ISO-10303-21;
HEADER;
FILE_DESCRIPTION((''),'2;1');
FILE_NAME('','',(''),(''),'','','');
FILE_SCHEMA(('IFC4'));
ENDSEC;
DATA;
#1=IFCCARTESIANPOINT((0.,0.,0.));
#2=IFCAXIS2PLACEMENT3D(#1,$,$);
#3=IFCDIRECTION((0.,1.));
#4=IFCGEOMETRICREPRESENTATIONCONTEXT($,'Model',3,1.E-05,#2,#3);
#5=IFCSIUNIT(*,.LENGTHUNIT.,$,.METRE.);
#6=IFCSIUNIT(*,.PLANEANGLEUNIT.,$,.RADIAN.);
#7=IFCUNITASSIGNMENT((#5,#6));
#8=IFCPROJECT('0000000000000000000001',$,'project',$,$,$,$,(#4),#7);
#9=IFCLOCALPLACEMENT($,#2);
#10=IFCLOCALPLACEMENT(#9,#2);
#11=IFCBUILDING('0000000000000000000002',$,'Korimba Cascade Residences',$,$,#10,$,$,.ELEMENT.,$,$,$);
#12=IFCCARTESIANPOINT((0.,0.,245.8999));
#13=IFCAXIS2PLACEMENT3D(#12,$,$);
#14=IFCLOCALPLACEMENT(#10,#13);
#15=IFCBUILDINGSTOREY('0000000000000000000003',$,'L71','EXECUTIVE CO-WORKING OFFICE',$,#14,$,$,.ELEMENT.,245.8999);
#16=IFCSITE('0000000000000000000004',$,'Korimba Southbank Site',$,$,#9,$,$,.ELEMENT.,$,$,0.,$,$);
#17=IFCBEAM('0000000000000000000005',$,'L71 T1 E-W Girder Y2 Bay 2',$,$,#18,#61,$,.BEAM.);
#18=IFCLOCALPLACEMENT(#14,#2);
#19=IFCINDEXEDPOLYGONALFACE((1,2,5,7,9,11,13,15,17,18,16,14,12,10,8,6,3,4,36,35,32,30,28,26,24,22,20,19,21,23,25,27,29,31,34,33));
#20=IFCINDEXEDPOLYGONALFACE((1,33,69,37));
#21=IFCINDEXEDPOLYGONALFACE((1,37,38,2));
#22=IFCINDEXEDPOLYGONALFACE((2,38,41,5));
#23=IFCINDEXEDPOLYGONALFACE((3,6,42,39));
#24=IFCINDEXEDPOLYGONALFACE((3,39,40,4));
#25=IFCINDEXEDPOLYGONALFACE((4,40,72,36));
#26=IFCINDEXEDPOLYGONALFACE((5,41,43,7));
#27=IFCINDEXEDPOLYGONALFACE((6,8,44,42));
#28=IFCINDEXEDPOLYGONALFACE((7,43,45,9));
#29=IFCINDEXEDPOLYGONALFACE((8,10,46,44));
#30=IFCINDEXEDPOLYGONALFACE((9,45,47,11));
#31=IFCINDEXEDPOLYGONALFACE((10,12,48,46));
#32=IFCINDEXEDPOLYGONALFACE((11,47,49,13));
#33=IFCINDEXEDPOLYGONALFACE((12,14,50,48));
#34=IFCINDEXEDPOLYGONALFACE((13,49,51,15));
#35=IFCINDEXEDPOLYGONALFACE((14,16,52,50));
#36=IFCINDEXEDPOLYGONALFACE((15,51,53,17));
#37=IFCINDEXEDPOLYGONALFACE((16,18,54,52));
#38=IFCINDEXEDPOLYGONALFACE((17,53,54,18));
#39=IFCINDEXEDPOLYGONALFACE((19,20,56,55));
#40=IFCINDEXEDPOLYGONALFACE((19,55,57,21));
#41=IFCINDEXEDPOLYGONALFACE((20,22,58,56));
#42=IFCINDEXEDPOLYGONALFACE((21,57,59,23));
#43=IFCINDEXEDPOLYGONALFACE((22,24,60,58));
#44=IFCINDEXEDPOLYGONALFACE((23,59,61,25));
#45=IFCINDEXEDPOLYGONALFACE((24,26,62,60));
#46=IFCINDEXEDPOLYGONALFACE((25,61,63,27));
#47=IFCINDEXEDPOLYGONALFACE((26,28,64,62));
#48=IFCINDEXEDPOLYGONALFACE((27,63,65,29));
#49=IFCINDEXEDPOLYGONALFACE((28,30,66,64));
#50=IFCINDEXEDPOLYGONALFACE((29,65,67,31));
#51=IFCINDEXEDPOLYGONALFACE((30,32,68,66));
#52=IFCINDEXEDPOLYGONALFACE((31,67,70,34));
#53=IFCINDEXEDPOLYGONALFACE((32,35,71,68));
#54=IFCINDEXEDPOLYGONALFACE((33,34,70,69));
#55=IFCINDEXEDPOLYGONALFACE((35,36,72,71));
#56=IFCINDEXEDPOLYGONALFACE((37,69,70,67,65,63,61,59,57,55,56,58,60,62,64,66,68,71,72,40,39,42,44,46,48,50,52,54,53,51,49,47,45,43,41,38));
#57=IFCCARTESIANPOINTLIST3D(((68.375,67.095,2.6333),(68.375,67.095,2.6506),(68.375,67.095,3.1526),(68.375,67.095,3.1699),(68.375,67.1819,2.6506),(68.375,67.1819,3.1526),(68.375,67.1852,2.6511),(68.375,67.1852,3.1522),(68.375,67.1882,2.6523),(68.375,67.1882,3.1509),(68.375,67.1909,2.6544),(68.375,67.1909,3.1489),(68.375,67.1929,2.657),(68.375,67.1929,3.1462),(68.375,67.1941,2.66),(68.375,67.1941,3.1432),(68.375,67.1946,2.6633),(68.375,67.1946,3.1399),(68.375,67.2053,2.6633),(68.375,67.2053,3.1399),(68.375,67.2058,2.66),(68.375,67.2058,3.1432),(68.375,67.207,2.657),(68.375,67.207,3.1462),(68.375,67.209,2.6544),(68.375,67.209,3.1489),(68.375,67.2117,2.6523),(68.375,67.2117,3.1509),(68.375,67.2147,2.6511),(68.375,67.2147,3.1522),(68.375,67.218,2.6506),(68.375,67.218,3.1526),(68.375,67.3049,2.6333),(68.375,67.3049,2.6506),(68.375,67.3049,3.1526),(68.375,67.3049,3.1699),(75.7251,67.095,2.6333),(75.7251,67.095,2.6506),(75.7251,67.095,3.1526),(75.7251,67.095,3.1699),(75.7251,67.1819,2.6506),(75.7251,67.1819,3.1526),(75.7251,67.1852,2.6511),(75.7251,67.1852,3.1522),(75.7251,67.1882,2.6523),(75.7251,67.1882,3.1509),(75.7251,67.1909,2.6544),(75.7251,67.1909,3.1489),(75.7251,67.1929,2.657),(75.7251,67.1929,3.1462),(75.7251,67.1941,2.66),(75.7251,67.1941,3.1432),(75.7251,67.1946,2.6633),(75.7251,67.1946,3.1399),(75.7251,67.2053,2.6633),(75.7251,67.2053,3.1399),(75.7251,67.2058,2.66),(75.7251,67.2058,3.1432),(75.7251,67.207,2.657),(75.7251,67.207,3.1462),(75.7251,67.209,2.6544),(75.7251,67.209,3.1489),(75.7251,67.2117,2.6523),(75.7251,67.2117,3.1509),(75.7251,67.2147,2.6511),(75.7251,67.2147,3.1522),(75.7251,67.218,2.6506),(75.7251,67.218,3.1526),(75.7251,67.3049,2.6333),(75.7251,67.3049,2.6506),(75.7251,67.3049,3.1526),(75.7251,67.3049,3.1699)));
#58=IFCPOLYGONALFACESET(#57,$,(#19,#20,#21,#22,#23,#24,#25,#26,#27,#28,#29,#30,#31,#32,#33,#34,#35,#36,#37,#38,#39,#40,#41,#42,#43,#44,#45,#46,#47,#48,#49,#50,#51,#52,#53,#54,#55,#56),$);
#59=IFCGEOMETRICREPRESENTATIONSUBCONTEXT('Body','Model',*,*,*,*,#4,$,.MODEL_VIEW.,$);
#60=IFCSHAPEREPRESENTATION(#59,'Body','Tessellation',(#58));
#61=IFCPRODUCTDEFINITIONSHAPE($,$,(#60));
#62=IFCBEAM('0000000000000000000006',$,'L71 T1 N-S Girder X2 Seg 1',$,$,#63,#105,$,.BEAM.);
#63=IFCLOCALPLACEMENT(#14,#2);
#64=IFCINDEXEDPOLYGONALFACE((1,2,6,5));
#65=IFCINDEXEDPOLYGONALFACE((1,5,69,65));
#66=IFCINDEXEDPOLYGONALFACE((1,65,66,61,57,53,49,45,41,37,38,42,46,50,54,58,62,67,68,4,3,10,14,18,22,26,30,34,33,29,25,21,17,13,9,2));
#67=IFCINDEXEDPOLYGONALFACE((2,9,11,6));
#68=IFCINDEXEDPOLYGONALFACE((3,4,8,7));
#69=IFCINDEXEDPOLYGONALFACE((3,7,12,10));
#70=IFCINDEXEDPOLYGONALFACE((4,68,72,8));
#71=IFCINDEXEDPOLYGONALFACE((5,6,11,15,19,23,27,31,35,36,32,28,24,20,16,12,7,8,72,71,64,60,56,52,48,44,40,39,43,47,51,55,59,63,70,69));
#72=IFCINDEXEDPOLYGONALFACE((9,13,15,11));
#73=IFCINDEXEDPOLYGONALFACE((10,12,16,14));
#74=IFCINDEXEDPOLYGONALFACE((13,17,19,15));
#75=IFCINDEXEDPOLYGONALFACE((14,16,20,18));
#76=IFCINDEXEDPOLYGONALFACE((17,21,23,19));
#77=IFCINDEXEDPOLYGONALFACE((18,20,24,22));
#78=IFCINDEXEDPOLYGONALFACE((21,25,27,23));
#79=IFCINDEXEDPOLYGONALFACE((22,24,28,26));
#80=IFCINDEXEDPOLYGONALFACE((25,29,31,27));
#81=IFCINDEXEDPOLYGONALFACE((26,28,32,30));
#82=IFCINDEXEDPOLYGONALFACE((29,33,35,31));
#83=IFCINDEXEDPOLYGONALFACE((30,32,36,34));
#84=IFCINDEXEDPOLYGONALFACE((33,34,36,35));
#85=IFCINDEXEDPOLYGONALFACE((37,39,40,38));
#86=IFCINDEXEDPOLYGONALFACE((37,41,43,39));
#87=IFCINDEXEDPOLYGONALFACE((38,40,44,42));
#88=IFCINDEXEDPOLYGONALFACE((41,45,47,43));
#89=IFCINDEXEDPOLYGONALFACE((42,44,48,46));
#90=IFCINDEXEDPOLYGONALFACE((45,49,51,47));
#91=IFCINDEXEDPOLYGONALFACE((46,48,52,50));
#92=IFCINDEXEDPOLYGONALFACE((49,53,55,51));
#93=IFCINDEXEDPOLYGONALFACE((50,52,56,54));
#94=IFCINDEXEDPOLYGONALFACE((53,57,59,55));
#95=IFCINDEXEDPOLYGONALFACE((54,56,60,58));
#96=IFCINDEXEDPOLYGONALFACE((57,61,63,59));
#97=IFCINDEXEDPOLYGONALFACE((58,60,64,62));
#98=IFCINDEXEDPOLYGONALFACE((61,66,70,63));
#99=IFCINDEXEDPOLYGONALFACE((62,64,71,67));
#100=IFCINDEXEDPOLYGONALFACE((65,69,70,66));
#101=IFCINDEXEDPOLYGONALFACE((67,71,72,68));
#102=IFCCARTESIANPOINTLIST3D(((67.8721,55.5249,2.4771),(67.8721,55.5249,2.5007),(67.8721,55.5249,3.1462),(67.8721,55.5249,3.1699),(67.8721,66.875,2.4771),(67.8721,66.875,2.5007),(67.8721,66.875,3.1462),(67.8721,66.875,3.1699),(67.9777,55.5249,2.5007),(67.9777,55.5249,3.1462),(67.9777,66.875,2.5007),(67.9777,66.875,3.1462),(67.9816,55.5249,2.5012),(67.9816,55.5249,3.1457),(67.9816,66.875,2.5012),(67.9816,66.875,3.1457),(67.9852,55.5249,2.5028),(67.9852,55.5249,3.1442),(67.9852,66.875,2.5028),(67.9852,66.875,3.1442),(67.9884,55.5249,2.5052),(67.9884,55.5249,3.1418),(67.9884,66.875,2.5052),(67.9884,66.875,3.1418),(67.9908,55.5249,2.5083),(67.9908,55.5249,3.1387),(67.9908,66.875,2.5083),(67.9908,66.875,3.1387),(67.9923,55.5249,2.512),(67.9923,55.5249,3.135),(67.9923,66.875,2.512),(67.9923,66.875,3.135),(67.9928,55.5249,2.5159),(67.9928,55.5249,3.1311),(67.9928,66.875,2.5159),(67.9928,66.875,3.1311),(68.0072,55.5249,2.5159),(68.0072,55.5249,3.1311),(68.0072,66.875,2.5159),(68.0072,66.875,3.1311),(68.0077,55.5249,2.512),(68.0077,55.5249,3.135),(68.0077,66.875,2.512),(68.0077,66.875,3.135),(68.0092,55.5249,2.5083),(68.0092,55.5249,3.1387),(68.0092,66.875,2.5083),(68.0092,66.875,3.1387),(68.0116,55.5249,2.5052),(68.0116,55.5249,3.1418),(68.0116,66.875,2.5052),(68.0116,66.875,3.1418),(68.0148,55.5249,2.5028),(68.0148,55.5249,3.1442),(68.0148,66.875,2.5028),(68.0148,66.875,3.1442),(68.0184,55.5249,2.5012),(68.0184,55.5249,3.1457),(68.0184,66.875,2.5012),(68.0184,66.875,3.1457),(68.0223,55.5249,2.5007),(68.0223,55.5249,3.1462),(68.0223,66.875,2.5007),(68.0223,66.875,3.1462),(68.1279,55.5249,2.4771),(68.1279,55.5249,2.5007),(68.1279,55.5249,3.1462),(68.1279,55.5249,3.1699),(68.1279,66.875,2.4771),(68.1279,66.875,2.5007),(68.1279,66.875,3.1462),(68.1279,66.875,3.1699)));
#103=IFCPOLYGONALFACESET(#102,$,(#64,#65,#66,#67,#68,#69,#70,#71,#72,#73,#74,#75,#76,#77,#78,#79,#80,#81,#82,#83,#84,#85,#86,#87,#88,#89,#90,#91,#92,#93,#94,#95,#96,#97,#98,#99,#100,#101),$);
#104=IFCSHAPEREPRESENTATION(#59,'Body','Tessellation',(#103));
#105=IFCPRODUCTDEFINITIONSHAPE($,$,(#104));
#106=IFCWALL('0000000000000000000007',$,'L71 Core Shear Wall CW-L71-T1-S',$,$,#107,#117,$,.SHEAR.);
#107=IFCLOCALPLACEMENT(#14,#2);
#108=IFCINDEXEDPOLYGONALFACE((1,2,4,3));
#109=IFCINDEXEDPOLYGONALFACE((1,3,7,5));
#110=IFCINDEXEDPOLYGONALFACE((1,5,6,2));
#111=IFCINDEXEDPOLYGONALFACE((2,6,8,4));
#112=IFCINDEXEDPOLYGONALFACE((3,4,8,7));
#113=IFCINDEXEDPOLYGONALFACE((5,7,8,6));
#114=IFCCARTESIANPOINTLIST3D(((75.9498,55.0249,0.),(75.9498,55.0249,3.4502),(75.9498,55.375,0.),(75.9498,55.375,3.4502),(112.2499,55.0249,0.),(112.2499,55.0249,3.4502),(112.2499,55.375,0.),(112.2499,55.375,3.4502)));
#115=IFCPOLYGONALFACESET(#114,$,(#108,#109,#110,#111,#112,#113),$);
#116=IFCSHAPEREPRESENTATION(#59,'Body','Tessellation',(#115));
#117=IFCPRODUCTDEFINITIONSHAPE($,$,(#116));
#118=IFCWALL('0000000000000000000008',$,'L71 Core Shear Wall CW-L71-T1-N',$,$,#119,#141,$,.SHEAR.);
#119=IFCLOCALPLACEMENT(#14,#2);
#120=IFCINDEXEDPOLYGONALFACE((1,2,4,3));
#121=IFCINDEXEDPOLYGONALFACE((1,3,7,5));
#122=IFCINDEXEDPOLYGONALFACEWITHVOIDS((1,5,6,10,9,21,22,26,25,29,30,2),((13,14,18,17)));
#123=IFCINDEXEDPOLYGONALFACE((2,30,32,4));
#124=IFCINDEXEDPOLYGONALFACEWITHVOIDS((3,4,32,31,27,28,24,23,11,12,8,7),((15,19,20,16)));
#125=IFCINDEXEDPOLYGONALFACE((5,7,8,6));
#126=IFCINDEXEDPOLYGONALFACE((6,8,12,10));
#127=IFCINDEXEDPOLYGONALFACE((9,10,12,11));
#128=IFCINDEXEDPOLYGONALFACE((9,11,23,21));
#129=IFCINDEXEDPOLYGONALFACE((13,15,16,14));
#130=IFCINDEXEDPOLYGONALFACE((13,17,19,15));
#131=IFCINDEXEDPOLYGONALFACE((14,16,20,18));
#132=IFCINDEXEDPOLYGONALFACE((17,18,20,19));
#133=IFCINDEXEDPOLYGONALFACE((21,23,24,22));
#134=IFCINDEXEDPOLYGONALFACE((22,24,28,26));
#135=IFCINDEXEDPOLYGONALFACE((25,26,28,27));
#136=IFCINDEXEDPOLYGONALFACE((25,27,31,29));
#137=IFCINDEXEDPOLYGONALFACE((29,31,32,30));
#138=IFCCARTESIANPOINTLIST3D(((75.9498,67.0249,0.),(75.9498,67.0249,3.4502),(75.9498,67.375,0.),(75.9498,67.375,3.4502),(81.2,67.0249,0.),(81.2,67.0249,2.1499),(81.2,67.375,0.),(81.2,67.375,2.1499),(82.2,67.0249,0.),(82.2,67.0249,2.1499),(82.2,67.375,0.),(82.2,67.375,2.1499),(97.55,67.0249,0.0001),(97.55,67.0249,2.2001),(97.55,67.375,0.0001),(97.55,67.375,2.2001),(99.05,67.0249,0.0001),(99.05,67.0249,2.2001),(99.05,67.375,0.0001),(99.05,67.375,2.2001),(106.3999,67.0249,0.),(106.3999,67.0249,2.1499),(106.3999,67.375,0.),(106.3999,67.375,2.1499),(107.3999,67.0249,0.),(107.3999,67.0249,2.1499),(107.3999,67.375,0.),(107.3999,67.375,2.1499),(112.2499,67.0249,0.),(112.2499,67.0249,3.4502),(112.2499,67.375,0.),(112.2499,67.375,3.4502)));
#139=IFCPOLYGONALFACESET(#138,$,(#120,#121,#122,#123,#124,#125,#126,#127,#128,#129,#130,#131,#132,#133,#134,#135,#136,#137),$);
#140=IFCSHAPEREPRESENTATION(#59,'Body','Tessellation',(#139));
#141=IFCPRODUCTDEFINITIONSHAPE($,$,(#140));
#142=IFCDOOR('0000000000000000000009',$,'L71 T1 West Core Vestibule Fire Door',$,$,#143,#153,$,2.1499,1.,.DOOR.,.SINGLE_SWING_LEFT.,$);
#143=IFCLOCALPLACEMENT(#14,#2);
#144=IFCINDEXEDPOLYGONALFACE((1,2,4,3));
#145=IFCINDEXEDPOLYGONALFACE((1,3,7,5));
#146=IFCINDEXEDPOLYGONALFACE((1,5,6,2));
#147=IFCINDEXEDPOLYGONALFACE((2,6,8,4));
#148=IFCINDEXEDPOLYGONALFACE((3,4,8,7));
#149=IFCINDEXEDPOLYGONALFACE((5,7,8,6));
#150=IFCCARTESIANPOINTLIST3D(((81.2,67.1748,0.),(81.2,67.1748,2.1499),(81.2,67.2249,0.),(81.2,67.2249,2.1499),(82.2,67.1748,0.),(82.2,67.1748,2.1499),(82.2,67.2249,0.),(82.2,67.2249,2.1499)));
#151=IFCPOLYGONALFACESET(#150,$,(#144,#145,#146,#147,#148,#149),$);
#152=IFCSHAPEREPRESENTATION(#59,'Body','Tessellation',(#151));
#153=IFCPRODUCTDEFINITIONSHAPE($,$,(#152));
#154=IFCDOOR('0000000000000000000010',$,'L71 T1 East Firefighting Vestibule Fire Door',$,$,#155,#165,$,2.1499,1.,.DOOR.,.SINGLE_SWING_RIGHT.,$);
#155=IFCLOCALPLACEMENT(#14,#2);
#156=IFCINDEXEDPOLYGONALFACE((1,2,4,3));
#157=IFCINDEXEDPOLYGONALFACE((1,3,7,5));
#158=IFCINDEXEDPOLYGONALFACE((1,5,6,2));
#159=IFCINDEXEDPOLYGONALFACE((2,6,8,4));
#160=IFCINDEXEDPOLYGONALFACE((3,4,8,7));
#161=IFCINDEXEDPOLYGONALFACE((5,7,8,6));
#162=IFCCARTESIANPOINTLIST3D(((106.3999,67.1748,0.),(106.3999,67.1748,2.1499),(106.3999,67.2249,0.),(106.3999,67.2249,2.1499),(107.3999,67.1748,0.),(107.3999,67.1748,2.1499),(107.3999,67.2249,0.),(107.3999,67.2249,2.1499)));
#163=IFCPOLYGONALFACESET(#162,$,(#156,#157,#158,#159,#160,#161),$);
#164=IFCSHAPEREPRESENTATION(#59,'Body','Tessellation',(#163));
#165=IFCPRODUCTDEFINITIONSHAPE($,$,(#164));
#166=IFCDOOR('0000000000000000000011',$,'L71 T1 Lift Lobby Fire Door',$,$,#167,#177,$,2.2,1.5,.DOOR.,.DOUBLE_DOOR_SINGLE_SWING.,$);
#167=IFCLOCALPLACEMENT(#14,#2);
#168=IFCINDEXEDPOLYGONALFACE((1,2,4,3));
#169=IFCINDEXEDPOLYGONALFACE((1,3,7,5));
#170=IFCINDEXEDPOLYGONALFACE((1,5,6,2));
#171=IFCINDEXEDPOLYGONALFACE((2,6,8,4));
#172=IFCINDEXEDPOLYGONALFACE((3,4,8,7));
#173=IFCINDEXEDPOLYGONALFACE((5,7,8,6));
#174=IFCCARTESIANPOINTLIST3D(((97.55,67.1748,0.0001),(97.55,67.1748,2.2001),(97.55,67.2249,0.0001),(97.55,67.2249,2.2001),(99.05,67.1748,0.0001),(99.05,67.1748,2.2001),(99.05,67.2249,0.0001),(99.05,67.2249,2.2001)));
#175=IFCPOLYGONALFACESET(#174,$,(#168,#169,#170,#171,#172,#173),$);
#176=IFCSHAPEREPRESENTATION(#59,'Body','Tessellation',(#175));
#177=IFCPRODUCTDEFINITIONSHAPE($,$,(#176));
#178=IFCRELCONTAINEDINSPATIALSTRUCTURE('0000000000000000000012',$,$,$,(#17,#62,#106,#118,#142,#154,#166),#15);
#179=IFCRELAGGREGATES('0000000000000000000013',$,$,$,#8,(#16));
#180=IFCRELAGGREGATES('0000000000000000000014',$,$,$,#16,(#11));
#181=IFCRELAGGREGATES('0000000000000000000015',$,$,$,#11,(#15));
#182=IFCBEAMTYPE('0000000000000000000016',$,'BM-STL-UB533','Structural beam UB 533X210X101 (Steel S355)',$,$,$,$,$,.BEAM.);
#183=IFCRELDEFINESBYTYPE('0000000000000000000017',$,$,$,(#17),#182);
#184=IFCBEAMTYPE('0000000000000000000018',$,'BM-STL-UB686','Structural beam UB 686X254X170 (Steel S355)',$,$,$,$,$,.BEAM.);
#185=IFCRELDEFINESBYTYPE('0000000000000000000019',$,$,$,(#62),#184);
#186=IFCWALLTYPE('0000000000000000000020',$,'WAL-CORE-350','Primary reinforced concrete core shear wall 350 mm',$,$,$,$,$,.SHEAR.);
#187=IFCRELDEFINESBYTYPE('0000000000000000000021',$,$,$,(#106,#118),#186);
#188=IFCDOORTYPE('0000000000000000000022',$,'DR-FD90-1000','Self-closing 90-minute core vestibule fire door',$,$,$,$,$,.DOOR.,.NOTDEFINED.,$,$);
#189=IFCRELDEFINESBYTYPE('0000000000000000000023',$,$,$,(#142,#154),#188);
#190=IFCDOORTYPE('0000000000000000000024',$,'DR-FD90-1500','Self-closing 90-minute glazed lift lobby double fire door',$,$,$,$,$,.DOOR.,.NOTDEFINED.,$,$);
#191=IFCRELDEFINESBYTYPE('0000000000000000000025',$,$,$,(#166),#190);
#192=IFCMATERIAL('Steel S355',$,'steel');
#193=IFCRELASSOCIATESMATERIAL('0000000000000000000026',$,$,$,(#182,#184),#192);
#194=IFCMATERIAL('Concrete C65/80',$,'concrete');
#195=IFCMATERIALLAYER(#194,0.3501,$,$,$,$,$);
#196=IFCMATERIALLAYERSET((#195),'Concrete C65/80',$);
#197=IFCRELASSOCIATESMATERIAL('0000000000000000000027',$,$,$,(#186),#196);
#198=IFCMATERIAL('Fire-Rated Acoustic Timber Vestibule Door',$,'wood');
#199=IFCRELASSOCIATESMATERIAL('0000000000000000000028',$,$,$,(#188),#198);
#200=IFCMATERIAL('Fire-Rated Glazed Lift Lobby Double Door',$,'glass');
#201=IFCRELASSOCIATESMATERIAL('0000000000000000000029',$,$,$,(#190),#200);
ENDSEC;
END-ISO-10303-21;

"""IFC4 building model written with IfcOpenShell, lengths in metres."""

from ifc_helpers import new_model, si_unit, direction, frame, frame_2d, origin, origin_2d, place, context, subcontext, project, spatial, rectangle, i_section, extrude, material, layer, layer_set, material_profile, profile_set, type_object, element, fill, save


model = new_model("IFC4")

# Units and contexts
model_context = context("Model", 3, precision=1e-05, world=origin(), true_north=direction((0.0, 1.0)))
body_context = subcontext(model_context, "Body", "Model", "MODEL_VIEW")
ifc_project = project(units=[si_unit("LENGTHUNIT", "METRE"), si_unit("PLANEANGLEUNIT", "RADIAN")], contexts=[model_context])

# Site, building, storey
site_placement = place(None, origin())
site = spatial("IfcSite", under=ifc_project, at=site_placement, Name="Korimba Southbank Site", CompositionType="ELEMENT", RefElevation=0.0)
building_placement = place(site_placement, origin())
building = spatial("IfcBuilding", under=site, at=building_placement, Name="Korimba Cascade Residences", CompositionType="ELEMENT")
storey_placement = place(building_placement, frame((0.0, 0.0, 245.8999)))
storey = spatial("IfcBuildingStorey", under=building, at=storey_placement, Name="L71", Description="EXECUTIVE CO-WORKING OFFICE", CompositionType="ELEMENT", Elevation=245.8999)

# Beams
ifc_material_1 = material(Name="Steel S355", Category="steel")
ifc_material_profile_1 = material_profile(ifc_material_1, i_section(OverallWidth=0.21, OverallDepth=0.5366, WebThickness=0.0107, FlangeThickness=0.0173, FilletRadius=0.0127, at=origin_2d()), Name="Steel S355")
ifc_profile_set_1 = profile_set([ifc_material_profile_1], Name="Steel S355")
beam_type_1 = type_object("IfcBeamType", Name="BM-STL-UB533", Description="Structural beam UB 533X210X101 (Steel S355)", PredefinedType="BEAM", material=ifc_profile_set_1)
beam_1_placement = place(storey_placement, frame((68.375, 67.2, 2.9016), z_axis=(1.0, 0.0, 0.0), x_axis=(0.0, 1.0, 0.0)))
element("IfcBeam", 1, at=beam_1_placement, inside=storey, type_object=beam_type_1, Name="L71 T1 E-W Girder Y2 Bay 2", PredefinedType="BEAM", context=body_context, shape_type="SweptSolid", body=[
    extrude(i_section(OverallWidth=0.21, OverallDepth=0.5366, WebThickness=0.0107, FlangeThickness=0.0173, FilletRadius=0.0127, at=origin_2d()), origin(), (0.0, 0.0, 1.0), 7.3501),
])
ifc_material_profile_2 = material_profile(ifc_material_1, i_section(OverallWidth=0.2559, OverallDepth=0.6929, WebThickness=0.0144, FlangeThickness=0.0237, FilletRadius=0.0151, at=origin_2d()), Name="Steel S355")
ifc_profile_set_2 = profile_set([ifc_material_profile_2], Name="Steel S355")
beam_type_2 = type_object("IfcBeamType", Name="BM-STL-UB686", Description="Structural beam UB 686X254X170 (Steel S355)", PredefinedType="BEAM", material=ifc_profile_set_2)
beam_2_placement = place(storey_placement, frame((68.0, 55.5249, 2.8235), z_axis=(0.0, 1.0, 0.0), x_axis=(-1.0, 0.0, 0.0)))
element("IfcBeam", 2, at=beam_2_placement, inside=storey, type_object=beam_type_2, Name="L71 T1 N-S Girder X2 Seg 1", PredefinedType="BEAM", context=body_context, shape_type="SweptSolid", body=[
    extrude(i_section(OverallWidth=0.2559, OverallDepth=0.6929, WebThickness=0.0144, FlangeThickness=0.0237, FilletRadius=0.0151, at=origin_2d()), origin(), (0.0, 0.0, 1.0), 11.3501),
])

# Wall
ifc_material_2 = material(Name="Concrete C65/80", Category="concrete")
ifc_layer_1 = layer(ifc_material_2, 0.3501)
ifc_layer_set_1 = layer_set([ifc_layer_1], Name="Concrete C65/80")
wall_type_1 = type_object("IfcWallType", Name="WAL-CORE-350", Description="Primary reinforced concrete core shear wall 350 mm", PredefinedType="SHEAR", material=ifc_layer_set_1)
wall_1_placement = place(storey_placement, frame((75.95, 55.2, 0.0), z_axis=(0.0, 0.0, 1.0), x_axis=(1.0, 0.0, 0.0)))
element("IfcWall", 3, at=wall_1_placement, inside=storey, type_object=wall_type_1, Name="L71 Core Shear Wall CW-L71-T1-S", PredefinedType="SHEAR", context=body_context, shape_type="SweptSolid", body=[
    extrude(rectangle(XDim=36.3, YDim=0.3501, at=frame_2d((18.1499, 0.0))), origin(), (0.0, 0.0, 1.0), 3.4502),
])

# Wall, openings, doors
wall_2_placement = place(storey_placement, frame((75.95, 67.2, 0.0), z_axis=(0.0, 0.0, 1.0), x_axis=(1.0, 0.0, 0.0)))
wall_2 = element("IfcWall", 4, at=wall_2_placement, inside=storey, type_object=wall_type_1, Name="L71 Core Shear Wall CW-L71-T1-N", PredefinedType="SHEAR", context=body_context, shape_type="SweptSolid", body=[
    extrude(rectangle(XDim=36.3, YDim=0.3501, at=frame_2d((18.1499, 0.0))), origin(), (0.0, 0.0, 1.0), 3.4502),
])
opening_1_placement = place(wall_2_placement, frame((5.25, 0.0, 0.0)))
opening_1 = element("IfcOpeningElement", 5, at=opening_1_placement, cuts=wall_2, PredefinedType="OPENING", context=body_context, shape_type="SweptSolid", body=[
    extrude(rectangle(XDim=1.0, YDim=2.1499, at=frame_2d((0.5, 1.075))), frame((0.0, 0.1851, 0.0), z_axis=(0.0, -1.0, 0.0), x_axis=(1.0, 0.0, 0.0)), (0.0, 0.0, 1.0), 0.3701),
])
opening_2_placement = place(wall_2_placement, frame((21.6001, 0.0, 0.0)))
opening_2 = element("IfcOpeningElement", 6, at=opening_2_placement, cuts=wall_2, PredefinedType="OPENING", context=body_context, shape_type="SweptSolid", body=[
    extrude(rectangle(XDim=1.5, YDim=2.2, at=frame_2d((0.75, 1.1001))), frame((0.0, 0.1851, 0.0), z_axis=(0.0, -1.0, 0.0), x_axis=(1.0, 0.0, 0.0)), (0.0, 0.0, 1.0), 0.3701),
])
opening_3_placement = place(wall_2_placement, frame((30.45, 0.0, 0.0)))
opening_3 = element("IfcOpeningElement", 7, at=opening_3_placement, cuts=wall_2, PredefinedType="OPENING", context=body_context, shape_type="SweptSolid", body=[
    extrude(rectangle(XDim=1.0, YDim=2.1499, at=frame_2d((0.5, 1.075))), frame((0.0, 0.1851, 0.0), z_axis=(0.0, -1.0, 0.0), x_axis=(1.0, 0.0, 0.0)), (0.0, 0.0, 1.0), 0.3701),
])
ifc_material_3 = material(Name="Fire-Rated Acoustic Timber Vestibule Door", Category="wood")
door_type_1 = type_object("IfcDoorType", Name="DR-FD90-1000", Description="Self-closing 90-minute core vestibule fire door", OperationType="NOTDEFINED", PredefinedType="DOOR", material=ifc_material_3)
door_1_placement = place(opening_1_placement, origin())
door_1 = element("IfcDoor", 8, at=door_1_placement, inside=storey, type_object=door_type_1, Name="L71 T1 West Core Vestibule Fire Door", OperationType="SINGLE_SWING_LEFT", OverallHeight=2.1499, OverallWidth=1.0, PredefinedType="DOOR", context=body_context, shape_type="SweptSolid", body=[
    extrude(rectangle(XDim=1.0, YDim=2.1499, at=frame_2d((0.5, 1.075))), frame((0.0, 0.0249, 0.0), z_axis=(0.0, -1.0, 0.0), x_axis=(1.0, 0.0, 0.0)), (0.0, 0.0, 1.0), 0.05),
])
fill(opening_1, door_1)
door_2_placement = place(opening_3_placement, origin())
door_2 = element("IfcDoor", 9, at=door_2_placement, inside=storey, type_object=door_type_1, Name="L71 T1 East Firefighting Vestibule Fire Door", OperationType="SINGLE_SWING_RIGHT", OverallHeight=2.1499, OverallWidth=1.0, PredefinedType="DOOR", context=body_context, shape_type="SweptSolid", body=[
    extrude(rectangle(XDim=1.0, YDim=2.1499, at=frame_2d((0.5, 1.075))), frame((0.0, 0.0249, 0.0), z_axis=(0.0, -1.0, 0.0), x_axis=(1.0, 0.0, 0.0)), (0.0, 0.0, 1.0), 0.05),
])
fill(opening_3, door_2)
ifc_material_4 = material(Name="Fire-Rated Glazed Lift Lobby Double Door", Category="glass")
door_type_2 = type_object("IfcDoorType", Name="DR-FD90-1500", Description="Self-closing 90-minute glazed lift lobby double fire door", OperationType="NOTDEFINED", PredefinedType="DOOR", material=ifc_material_4)
door_3_placement = place(opening_2_placement, origin())
door_3 = element("IfcDoor", 10, at=door_3_placement, inside=storey, type_object=door_type_2, Name="L71 T1 Lift Lobby Fire Door", OperationType="DOUBLE_DOOR_SINGLE_SWING", OverallHeight=2.2, OverallWidth=1.5, PredefinedType="DOOR", context=body_context, shape_type="SweptSolid", body=[
    extrude(rectangle(XDim=1.5, YDim=2.2, at=frame_2d((0.75, 1.1001))), frame((0.0, 0.0249, 0.0), z_axis=(0.0, -1.0, 0.0), x_axis=(1.0, 0.0, 0.0)), (0.0, 0.0, 1.0), 0.05),
])
fill(opening_2, door_3)

save(model, "model.ifc")
